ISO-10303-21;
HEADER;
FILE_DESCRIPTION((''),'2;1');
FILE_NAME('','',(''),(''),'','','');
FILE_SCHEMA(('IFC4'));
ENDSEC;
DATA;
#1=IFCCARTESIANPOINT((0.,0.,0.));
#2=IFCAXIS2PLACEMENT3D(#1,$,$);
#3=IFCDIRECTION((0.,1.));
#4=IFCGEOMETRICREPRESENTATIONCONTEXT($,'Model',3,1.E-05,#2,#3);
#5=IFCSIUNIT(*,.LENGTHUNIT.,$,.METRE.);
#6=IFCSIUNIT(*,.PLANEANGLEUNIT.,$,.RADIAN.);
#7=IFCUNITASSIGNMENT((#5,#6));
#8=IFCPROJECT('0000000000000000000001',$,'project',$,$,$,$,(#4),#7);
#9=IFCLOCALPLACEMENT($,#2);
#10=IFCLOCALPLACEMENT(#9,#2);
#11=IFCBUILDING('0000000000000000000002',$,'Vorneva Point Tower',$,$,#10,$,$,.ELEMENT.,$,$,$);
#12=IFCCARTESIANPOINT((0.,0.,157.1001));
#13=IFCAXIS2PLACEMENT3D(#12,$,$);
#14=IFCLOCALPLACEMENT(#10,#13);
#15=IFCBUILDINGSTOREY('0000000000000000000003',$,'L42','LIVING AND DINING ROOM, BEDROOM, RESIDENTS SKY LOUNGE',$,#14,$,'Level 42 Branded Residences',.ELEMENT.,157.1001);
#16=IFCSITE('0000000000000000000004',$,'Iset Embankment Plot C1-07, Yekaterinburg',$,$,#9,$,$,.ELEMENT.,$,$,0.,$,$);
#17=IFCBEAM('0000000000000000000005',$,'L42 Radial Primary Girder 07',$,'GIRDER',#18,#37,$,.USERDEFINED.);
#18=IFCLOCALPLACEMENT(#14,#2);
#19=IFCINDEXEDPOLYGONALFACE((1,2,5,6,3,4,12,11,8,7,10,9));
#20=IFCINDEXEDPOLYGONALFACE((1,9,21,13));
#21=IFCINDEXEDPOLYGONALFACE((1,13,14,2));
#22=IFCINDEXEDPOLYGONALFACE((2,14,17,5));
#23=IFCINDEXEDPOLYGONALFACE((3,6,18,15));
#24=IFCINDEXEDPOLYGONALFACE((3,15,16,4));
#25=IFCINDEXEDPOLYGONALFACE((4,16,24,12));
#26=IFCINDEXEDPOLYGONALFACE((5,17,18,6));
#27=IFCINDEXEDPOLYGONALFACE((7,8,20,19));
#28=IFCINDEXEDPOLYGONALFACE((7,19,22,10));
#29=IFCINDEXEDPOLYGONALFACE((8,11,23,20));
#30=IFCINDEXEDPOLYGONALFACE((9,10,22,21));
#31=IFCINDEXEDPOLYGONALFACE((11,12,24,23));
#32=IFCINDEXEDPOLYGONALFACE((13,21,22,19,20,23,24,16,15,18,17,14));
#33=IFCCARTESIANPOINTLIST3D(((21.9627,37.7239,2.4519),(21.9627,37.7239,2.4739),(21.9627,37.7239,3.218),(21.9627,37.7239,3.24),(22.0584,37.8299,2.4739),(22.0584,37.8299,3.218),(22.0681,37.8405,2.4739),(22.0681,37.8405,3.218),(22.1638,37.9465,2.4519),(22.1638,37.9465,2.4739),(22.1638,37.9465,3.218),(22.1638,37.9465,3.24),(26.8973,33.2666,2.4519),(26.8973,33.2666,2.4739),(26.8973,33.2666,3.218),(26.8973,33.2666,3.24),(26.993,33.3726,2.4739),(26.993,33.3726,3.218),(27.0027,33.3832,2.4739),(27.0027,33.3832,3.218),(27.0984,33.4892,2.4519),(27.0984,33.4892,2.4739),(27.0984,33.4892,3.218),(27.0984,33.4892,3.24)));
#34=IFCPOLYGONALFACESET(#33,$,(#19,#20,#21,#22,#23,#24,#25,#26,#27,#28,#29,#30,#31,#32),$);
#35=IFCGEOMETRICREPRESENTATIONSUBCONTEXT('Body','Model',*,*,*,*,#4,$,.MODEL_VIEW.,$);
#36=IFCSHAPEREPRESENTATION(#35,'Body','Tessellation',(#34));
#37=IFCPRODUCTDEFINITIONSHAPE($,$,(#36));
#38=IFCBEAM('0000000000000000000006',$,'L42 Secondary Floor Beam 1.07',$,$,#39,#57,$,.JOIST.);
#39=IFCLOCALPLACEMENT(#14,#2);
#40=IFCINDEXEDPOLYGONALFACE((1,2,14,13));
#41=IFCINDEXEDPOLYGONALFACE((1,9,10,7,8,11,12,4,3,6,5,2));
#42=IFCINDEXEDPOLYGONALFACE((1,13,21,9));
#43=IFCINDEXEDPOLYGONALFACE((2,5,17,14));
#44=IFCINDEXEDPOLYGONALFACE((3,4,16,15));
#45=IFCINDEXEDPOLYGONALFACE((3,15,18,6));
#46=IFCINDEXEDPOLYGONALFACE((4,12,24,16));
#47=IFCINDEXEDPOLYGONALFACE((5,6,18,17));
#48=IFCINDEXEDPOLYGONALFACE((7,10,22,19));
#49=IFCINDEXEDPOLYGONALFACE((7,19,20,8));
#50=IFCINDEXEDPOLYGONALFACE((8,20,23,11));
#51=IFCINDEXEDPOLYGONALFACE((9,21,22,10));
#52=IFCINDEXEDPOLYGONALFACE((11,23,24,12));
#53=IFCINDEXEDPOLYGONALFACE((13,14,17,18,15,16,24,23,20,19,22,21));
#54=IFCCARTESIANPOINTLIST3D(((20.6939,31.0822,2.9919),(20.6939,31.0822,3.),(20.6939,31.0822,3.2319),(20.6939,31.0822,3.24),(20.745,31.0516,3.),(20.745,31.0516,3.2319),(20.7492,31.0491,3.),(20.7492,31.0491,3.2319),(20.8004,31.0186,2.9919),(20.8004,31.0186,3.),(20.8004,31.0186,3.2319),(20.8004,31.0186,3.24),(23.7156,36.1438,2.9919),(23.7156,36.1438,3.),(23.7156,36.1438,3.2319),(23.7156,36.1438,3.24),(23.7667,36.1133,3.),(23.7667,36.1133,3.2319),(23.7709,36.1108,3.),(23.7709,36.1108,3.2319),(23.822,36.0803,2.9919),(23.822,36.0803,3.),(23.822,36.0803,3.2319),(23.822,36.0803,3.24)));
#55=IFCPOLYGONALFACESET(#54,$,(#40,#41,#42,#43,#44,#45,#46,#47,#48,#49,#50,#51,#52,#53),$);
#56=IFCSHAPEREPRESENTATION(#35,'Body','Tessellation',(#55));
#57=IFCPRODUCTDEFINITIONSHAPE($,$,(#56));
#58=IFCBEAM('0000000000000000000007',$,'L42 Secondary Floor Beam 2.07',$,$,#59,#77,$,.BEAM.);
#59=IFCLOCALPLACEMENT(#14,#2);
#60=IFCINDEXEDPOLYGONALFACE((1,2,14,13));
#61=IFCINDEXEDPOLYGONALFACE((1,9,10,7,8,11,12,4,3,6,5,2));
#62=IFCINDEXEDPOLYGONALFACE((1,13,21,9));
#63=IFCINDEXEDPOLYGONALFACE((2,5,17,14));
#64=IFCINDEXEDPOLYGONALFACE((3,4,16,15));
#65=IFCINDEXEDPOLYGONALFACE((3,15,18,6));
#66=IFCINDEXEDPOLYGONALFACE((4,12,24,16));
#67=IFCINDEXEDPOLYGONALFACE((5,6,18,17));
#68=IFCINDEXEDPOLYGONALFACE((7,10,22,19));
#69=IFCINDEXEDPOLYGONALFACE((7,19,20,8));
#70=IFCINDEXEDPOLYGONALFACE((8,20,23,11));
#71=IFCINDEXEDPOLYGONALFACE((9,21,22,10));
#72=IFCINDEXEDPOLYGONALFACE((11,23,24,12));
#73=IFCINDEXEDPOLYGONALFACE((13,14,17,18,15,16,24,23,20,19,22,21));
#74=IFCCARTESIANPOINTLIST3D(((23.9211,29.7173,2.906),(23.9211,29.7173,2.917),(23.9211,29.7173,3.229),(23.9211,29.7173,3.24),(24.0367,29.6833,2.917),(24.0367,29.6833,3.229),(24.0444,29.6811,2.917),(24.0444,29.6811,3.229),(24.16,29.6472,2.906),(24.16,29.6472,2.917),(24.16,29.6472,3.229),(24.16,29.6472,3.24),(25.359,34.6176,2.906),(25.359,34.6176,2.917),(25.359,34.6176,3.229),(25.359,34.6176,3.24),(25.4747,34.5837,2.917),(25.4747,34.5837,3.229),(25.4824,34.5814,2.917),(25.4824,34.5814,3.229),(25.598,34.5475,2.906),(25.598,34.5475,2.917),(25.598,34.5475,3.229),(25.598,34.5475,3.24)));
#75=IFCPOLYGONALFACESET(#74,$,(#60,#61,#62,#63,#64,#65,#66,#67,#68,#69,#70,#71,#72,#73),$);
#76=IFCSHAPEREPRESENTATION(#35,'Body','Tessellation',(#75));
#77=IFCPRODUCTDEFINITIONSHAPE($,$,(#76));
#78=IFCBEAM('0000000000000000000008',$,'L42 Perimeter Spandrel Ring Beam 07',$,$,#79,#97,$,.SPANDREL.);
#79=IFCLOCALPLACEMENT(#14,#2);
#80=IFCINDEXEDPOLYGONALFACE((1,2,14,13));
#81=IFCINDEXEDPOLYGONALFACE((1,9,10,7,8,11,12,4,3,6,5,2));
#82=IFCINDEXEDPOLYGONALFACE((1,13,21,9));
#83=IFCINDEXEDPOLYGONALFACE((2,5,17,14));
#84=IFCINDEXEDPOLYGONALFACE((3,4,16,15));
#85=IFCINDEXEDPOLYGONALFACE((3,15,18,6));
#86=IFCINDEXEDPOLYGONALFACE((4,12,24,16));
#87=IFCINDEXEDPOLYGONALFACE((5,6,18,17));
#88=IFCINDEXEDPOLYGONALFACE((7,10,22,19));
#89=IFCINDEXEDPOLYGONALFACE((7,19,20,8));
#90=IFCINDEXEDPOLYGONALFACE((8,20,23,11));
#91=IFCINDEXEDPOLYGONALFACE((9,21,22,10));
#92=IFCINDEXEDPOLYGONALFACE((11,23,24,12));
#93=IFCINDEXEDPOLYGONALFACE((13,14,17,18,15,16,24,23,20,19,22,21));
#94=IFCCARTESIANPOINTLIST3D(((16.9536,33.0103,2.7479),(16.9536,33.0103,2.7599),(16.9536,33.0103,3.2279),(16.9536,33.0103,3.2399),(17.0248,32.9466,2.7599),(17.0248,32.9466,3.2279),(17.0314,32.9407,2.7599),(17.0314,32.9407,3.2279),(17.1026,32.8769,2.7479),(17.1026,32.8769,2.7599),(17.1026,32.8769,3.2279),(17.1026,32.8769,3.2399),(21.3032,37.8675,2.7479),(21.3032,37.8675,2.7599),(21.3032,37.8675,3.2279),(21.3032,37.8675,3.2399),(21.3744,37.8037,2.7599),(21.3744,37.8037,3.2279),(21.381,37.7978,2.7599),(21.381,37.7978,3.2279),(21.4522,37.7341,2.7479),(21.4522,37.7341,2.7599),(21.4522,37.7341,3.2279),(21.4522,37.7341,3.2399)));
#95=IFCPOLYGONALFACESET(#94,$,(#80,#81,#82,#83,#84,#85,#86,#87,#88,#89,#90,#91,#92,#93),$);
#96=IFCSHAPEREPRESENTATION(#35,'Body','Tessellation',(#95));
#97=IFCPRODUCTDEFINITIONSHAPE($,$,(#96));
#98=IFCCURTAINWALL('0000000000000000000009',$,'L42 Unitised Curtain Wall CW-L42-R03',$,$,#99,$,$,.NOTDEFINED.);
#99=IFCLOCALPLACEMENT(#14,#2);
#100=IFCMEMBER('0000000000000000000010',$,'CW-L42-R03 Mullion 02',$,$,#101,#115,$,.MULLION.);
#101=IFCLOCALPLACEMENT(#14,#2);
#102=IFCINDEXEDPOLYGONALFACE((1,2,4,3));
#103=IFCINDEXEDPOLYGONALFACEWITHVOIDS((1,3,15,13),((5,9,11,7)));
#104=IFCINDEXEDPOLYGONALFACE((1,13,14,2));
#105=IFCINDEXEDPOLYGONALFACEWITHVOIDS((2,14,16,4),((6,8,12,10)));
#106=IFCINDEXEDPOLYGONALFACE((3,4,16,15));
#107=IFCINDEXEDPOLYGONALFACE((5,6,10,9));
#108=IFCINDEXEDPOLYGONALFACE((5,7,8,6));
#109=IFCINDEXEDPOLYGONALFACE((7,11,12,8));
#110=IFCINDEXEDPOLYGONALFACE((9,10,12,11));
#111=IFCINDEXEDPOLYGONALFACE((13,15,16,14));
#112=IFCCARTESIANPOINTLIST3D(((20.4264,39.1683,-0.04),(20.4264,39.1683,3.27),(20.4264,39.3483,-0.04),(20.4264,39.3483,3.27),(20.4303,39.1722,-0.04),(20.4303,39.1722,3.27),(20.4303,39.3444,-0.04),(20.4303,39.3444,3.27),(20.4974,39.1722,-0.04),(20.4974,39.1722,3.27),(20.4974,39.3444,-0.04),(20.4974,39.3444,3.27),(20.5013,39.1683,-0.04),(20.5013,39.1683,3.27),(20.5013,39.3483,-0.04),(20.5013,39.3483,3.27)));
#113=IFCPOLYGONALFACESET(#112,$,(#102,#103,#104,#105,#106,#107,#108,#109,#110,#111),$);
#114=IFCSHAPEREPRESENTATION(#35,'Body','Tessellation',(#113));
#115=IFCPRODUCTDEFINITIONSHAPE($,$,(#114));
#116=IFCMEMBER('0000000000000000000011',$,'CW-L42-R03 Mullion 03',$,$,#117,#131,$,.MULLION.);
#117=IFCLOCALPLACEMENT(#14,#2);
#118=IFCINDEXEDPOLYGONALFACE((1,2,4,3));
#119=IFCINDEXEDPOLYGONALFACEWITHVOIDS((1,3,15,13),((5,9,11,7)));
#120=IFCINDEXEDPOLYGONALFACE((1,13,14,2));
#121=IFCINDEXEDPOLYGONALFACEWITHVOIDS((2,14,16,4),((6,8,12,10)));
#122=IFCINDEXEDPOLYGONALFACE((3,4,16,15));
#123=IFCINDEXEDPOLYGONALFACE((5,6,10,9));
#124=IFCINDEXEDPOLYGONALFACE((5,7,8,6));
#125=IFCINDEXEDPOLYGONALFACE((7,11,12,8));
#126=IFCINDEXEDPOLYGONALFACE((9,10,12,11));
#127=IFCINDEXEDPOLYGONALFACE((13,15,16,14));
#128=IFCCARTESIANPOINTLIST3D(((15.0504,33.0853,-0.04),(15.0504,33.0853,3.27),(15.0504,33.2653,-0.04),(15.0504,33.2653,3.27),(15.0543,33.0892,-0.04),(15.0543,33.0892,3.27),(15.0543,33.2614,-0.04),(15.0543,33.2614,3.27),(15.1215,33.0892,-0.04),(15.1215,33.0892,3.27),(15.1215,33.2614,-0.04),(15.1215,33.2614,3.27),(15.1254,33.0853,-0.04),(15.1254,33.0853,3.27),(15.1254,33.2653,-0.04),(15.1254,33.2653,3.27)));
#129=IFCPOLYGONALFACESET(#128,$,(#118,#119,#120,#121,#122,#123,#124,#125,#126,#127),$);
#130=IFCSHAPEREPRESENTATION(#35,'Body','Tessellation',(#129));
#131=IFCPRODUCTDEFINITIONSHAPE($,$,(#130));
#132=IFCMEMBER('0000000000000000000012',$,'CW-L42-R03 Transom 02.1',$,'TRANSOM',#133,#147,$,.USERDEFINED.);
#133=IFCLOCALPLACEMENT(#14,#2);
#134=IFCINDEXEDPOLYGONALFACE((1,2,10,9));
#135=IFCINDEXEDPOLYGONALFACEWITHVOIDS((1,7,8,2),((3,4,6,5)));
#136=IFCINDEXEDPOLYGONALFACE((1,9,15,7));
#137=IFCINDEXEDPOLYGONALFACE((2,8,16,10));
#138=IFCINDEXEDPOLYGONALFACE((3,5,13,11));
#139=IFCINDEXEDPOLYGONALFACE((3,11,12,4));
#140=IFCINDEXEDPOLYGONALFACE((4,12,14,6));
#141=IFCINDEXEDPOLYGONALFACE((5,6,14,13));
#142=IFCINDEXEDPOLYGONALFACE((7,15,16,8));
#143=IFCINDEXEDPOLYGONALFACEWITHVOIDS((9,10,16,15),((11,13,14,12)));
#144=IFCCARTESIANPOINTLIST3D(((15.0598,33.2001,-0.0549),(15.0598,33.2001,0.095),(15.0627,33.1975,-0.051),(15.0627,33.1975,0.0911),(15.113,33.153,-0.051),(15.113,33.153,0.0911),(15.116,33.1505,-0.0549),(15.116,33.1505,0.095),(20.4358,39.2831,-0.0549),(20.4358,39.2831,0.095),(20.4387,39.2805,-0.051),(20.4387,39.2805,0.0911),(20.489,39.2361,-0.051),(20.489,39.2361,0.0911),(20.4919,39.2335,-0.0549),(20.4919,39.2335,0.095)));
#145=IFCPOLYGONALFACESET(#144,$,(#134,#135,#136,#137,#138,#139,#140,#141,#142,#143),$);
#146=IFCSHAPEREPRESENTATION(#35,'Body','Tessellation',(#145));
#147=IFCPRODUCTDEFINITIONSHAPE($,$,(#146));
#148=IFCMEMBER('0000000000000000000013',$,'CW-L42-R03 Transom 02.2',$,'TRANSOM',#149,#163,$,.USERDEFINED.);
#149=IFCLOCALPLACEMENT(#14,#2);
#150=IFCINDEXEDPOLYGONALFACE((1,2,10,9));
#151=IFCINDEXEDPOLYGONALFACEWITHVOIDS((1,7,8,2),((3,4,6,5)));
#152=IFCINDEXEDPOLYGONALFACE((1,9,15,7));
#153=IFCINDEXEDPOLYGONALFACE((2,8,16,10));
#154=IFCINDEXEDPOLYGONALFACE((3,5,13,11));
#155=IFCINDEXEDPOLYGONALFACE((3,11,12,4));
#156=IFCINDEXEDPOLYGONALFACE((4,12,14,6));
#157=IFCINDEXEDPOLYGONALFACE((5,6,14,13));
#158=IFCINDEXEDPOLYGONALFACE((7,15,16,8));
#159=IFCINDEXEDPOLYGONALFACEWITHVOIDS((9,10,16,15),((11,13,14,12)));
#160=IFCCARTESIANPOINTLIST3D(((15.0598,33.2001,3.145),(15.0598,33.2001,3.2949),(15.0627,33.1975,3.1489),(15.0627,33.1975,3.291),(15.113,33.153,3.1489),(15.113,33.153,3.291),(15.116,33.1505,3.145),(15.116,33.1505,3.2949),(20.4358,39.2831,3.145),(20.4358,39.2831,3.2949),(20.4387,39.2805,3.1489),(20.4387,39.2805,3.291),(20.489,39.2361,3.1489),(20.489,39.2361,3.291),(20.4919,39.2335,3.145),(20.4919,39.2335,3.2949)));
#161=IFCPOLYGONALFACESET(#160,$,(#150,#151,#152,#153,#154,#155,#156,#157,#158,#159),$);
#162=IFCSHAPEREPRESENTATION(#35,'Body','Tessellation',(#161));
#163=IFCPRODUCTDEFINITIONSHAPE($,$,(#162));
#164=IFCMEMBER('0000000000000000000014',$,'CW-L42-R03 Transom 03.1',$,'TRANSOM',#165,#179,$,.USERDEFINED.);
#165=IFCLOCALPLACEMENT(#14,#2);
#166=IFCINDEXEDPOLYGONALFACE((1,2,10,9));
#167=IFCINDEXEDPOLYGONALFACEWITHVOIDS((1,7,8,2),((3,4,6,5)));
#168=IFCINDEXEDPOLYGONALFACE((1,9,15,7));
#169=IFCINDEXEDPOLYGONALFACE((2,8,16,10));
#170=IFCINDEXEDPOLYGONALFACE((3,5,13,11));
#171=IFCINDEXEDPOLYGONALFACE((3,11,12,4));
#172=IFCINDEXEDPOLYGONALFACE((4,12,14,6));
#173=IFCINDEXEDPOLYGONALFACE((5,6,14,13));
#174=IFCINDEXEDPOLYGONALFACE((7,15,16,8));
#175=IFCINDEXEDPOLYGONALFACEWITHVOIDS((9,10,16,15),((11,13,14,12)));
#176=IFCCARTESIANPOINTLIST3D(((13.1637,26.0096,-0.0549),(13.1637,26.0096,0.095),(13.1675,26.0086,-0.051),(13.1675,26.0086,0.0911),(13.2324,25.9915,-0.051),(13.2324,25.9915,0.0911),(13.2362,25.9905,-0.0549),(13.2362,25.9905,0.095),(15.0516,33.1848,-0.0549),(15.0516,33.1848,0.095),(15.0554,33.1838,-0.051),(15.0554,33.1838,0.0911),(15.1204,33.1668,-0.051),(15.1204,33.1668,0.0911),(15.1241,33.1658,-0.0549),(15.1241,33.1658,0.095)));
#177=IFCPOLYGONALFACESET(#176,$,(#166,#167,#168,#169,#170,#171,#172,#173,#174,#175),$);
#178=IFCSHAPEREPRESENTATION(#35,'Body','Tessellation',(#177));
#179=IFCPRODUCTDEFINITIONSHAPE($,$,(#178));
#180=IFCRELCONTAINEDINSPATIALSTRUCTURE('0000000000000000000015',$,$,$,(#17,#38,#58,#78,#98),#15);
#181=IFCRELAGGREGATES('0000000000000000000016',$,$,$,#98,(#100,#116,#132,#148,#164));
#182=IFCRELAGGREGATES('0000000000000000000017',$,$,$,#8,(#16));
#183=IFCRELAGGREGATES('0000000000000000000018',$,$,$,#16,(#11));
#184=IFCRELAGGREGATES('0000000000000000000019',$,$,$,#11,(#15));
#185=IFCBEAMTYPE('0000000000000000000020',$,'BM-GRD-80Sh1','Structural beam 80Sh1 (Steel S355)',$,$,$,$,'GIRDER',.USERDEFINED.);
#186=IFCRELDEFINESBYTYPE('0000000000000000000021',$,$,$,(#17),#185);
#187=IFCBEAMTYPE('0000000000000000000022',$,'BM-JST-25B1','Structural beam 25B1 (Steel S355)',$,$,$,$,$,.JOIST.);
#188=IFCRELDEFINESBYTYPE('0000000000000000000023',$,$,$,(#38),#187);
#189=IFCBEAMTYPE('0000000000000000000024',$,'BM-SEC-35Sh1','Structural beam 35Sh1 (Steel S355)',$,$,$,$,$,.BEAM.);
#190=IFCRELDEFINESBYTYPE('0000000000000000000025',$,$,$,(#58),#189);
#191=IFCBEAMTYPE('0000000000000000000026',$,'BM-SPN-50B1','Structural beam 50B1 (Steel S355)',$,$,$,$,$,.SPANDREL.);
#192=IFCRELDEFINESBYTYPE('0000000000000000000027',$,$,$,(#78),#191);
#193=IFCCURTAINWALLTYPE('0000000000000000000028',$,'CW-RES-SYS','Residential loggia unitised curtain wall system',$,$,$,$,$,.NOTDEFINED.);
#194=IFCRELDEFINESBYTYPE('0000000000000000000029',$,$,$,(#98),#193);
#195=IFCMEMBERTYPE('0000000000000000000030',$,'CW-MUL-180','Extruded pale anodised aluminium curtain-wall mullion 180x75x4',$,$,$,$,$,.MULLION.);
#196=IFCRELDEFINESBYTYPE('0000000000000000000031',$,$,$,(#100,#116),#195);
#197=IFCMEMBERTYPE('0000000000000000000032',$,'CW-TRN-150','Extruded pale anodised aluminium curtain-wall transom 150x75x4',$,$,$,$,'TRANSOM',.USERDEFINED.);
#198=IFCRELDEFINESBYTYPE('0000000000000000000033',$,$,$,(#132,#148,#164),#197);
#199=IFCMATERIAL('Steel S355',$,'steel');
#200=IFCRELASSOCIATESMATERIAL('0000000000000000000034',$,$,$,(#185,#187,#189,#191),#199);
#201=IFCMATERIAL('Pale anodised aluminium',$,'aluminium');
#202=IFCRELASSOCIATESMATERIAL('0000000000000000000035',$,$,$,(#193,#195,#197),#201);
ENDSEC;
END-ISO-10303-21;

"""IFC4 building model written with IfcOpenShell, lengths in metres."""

from ifc_helpers import new_model, si_unit, direction, frame, origin, origin_2d, place, context, subcontext, project, spatial, hollow_rectangle, i_section, extrude, material, material_profile, profile_set, type_object, element, aggregate, save


model = new_model("IFC4")

# Units and contexts
model_context = context("Model", 3, precision=1e-05, world=origin(), true_north=direction((0.0, 1.0)))
body_context = subcontext(model_context, "Body", "Model", "MODEL_VIEW")
ifc_project = project(units=[si_unit("LENGTHUNIT", "METRE"), si_unit("PLANEANGLEUNIT", "RADIAN")], contexts=[model_context])

# Site, building, storey
site_placement = place(None, origin())
site = spatial("IfcSite", under=ifc_project, at=site_placement, Name="Iset Embankment Plot C1-07, Yekaterinburg", CompositionType="ELEMENT", RefElevation=0.0)
building_placement = place(site_placement, origin())
building = spatial("IfcBuilding", under=site, at=building_placement, Name="Vorneva Point Tower", CompositionType="ELEMENT")
storey_placement = place(building_placement, frame((0.0, 0.0, 157.1001)))
storey = spatial("IfcBuildingStorey", under=building, at=storey_placement, Name="L42", Description="LIVING AND DINING ROOM, BEDROOM, RESIDENTS SKY LOUNGE", LongName="Level 42 Branded Residences", CompositionType="ELEMENT", Elevation=157.1001)

# Beams
ifc_material_1 = material(Name="Steel S355", Category="steel")
ifc_material_profile_1 = material_profile(ifc_material_1, i_section(OverallWidth=0.3, OverallDepth=0.7881, WebThickness=0.0144, FlangeThickness=0.022, at=origin_2d()), Name="80Sh1")
ifc_profile_set_1 = profile_set([ifc_material_profile_1], Name="Steel S355")
beam_type_1 = type_object("IfcBeamType", Name="BM-GRD-80Sh1", Description="Structural beam 80Sh1 (Steel S355)", ElementType="GIRDER", PredefinedType="USERDEFINED", material=ifc_profile_set_1)
beam_1_placement = place(storey_placement, frame((22.0632, 37.8352, 2.8459), z_axis=(0.742084, -0.670306, 0.0), x_axis=(0.670306, 0.742084, 0.0)))
element("IfcBeam", 1, at=beam_1_placement, inside=storey, type_object=beam_type_1, Name="L42 Radial Primary Girder 07", ObjectType="GIRDER", PredefinedType="USERDEFINED", context=body_context, shape_type="SweptSolid", body=[
    extrude(i_section(OverallWidth=0.3, OverallDepth=0.7881, WebThickness=0.0144, FlangeThickness=0.022, at=origin_2d()), origin(), (0.0, 0.0, 1.0), 6.6497),
])
ifc_material_profile_2 = material_profile(ifc_material_1, i_section(OverallWidth=0.124, OverallDepth=0.248, WebThickness=0.0049, FlangeThickness=0.0081, at=origin_2d()), Name="25B1")
ifc_profile_set_2 = profile_set([ifc_material_profile_2], Name="Steel S355")
beam_type_2 = type_object("IfcBeamType", Name="BM-JST-25B1", Description="Structural beam 25B1 (Steel S355)", PredefinedType="JOIST", material=ifc_profile_set_2)
beam_2_placement = place(storey_placement, frame((23.7688, 36.1121, 3.116), z_axis=(-0.512582, -0.858638, 0.0), x_axis=(0.858638, -0.512582, 0.0)))
element("IfcBeam", 2, at=beam_2_placement, inside=storey, type_object=beam_type_2, Name="L42 Secondary Floor Beam 1.07", PredefinedType="JOIST", context=body_context, shape_type="SweptSolid", body=[
    extrude(i_section(OverallWidth=0.124, OverallDepth=0.248, WebThickness=0.0049, FlangeThickness=0.0081, at=origin_2d()), origin(), (0.0, 0.0, 1.0), 5.895),
])
ifc_material_profile_3 = material_profile(ifc_material_1, i_section(OverallWidth=0.249, OverallDepth=0.334, WebThickness=0.0081, FlangeThickness=0.011, at=origin_2d()), Name="35Sh1")
ifc_profile_set_3 = profile_set([ifc_material_profile_3], Name="Steel S355")
beam_type_3 = type_object("IfcBeamType", Name="BM-SEC-35Sh1", Description="Structural beam 35Sh1 (Steel S355)", PredefinedType="BEAM", material=ifc_profile_set_3)
beam_3_placement = place(storey_placement, frame((25.4785, 34.5825, 3.073), z_axis=(-0.281571, -0.95954, 0.0), x_axis=(0.95954, -0.281571, 0.0)))
element("IfcBeam", 3, at=beam_3_placement, inside=storey, type_object=beam_type_3, Name="L42 Secondary Floor Beam 2.07", PredefinedType="BEAM", context=body_context, shape_type="SweptSolid", body=[
    extrude(i_section(OverallWidth=0.249, OverallDepth=0.334, WebThickness=0.0081, FlangeThickness=0.011, at=origin_2d()), origin(), (0.0, 0.0, 1.0), 5.1069),
])
ifc_material_profile_4 = material_profile(ifc_material_1, i_section(OverallWidth=0.2, OverallDepth=0.4919, WebThickness=0.0088, FlangeThickness=0.012, at=origin_2d()), Name="50B1")
ifc_profile_set_4 = profile_set([ifc_material_profile_4], Name="Steel S355")
beam_type_4 = type_object("IfcBeamType", Name="BM-SPN-50B1", Description="Structural beam 50B1 (Steel S355)", PredefinedType="SPANDREL", material=ifc_profile_set_4)
beam_4_placement = place(storey_placement, frame((21.3777, 37.8008, 2.9939), z_axis=(-0.667111, -0.744958, 0.0), x_axis=(0.744958, -0.667111, 0.0)))
element("IfcBeam", 4, at=beam_4_placement, inside=storey, type_object=beam_type_4, Name="L42 Perimeter Spandrel Ring Beam 07", PredefinedType="SPANDREL", context=body_context, shape_type="SweptSolid", body=[
    extrude(i_section(OverallWidth=0.2, OverallDepth=0.4919, WebThickness=0.0088, FlangeThickness=0.012, at=origin_2d()), origin(), (0.0, 0.0, 1.0), 6.52),
])

# Curtain wall, members
ifc_material_2 = material(Name="Pale anodised aluminium", Category="aluminium")
curtain_wall_type = type_object("IfcCurtainWallType", Name="CW-RES-SYS", Description="Residential loggia unitised curtain wall system", PredefinedType="NOTDEFINED", material=ifc_material_2)
curtain_wall_placement = place(storey_placement, origin())
curtain_wall = element("IfcCurtainWall", 5, at=curtain_wall_placement, inside=storey, type_object=curtain_wall_type, Name="L42 Unitised Curtain Wall CW-L42-R03", PredefinedType="NOTDEFINED")
ifc_material_profile_5 = material_profile(ifc_material_2, hollow_rectangle(XDim=0.075, YDim=0.1799, WallThickness=0.0039, at=origin_2d()), Name="AL-MUL 180x75x4")
ifc_profile_set_5 = profile_set([ifc_material_profile_5], Name="Pale anodised aluminium")
member_type_1 = type_object("IfcMemberType", Name="CW-MUL-180", Description="Extruded pale anodised aluminium curtain-wall mullion 180x75x4", PredefinedType="MULLION", material=ifc_profile_set_5)
member_1_placement = place(storey_placement, frame((20.4639, 39.2583, -0.04), z_axis=(0.0, 0.0, 1.0), x_axis=(1.0, 0.0, 0.0)))
member_1 = element("IfcMember", 6, at=member_1_placement, type_object=member_type_1, Name="CW-L42-R03 Mullion 02", PredefinedType="MULLION", context=body_context, shape_type="SweptSolid", body=[
    extrude(hollow_rectangle(XDim=0.075, YDim=0.1799, WallThickness=0.0039, at=origin_2d()), origin(), (0.0, 0.0, 1.0), 3.3101),
])
member_2_placement = place(storey_placement, frame((15.0879, 33.1753, -0.04), z_axis=(0.0, 0.0, 1.0), x_axis=(1.0, 0.0, 0.0)))
member_2 = element("IfcMember", 7, at=member_2_placement, type_object=member_type_1, Name="CW-L42-R03 Mullion 03", PredefinedType="MULLION", context=body_context, shape_type="SweptSolid", body=[
    extrude(hollow_rectangle(XDim=0.075, YDim=0.1799, WallThickness=0.0039, at=origin_2d()), origin(), (0.0, 0.0, 1.0), 3.3101),
])
ifc_material_profile_6 = material_profile(ifc_material_2, hollow_rectangle(XDim=0.075, YDim=0.1499, WallThickness=0.0039, at=origin_2d()), Name="AL-TRN 150x75x4")
ifc_profile_set_6 = profile_set([ifc_material_profile_6], Name="Pale anodised aluminium")
member_type_2 = type_object("IfcMemberType", Name="CW-TRN-150", Description="Extruded pale anodised aluminium curtain-wall transom 150x75x4", ElementType="TRANSOM", PredefinedType="USERDEFINED", material=ifc_profile_set_6)
member_3_placement = place(storey_placement, frame((20.4639, 39.2583, 0.02), z_axis=(-0.662218, -0.749311, 0.0), x_axis=(0.749311, -0.662218, 0.0)))
member_3 = element("IfcMember", 8, at=member_3_placement, type_object=member_type_2, Name="CW-L42-R03 Transom 02.1", ObjectType="TRANSOM", PredefinedType="USERDEFINED", context=body_context, shape_type="SweptSolid", body=[
    extrude(hollow_rectangle(XDim=0.075, YDim=0.1499, WallThickness=0.0039, at=origin_2d()), origin(), (0.0, 0.0, 1.0), 8.1182),
])
member_4_placement = place(storey_placement, frame((20.4639, 39.2583, 3.22), z_axis=(-0.662218, -0.749311, 0.0), x_axis=(0.749311, -0.662218, 0.0)))
member_4 = element("IfcMember", 9, at=member_4_placement, type_object=member_type_2, Name="CW-L42-R03 Transom 02.2", ObjectType="TRANSOM", PredefinedType="USERDEFINED", context=body_context, shape_type="SweptSolid", body=[
    extrude(hollow_rectangle(XDim=0.075, YDim=0.1499, WallThickness=0.0039, at=origin_2d()), origin(), (0.0, 0.0, 1.0), 8.1182),
])
member_5_placement = place(storey_placement, frame((15.0879, 33.1753, 0.02), z_axis=(-0.254456, -0.967084, 0.0), x_axis=(0.967084, -0.254456, 0.0)))
member_5 = element("IfcMember", 10, at=member_5_placement, type_object=member_type_2, Name="CW-L42-R03 Transom 03.1", ObjectType="TRANSOM", PredefinedType="USERDEFINED", context=body_context, shape_type="SweptSolid", body=[
    extrude(hollow_rectangle(XDim=0.075, YDim=0.1499, WallThickness=0.0039, at=origin_2d()), origin(), (0.0, 0.0, 1.0), 7.4194),
])
aggregate(curtain_wall, [member_1, member_2, member_3, member_4, member_5])

save(model, "model.ifc")
